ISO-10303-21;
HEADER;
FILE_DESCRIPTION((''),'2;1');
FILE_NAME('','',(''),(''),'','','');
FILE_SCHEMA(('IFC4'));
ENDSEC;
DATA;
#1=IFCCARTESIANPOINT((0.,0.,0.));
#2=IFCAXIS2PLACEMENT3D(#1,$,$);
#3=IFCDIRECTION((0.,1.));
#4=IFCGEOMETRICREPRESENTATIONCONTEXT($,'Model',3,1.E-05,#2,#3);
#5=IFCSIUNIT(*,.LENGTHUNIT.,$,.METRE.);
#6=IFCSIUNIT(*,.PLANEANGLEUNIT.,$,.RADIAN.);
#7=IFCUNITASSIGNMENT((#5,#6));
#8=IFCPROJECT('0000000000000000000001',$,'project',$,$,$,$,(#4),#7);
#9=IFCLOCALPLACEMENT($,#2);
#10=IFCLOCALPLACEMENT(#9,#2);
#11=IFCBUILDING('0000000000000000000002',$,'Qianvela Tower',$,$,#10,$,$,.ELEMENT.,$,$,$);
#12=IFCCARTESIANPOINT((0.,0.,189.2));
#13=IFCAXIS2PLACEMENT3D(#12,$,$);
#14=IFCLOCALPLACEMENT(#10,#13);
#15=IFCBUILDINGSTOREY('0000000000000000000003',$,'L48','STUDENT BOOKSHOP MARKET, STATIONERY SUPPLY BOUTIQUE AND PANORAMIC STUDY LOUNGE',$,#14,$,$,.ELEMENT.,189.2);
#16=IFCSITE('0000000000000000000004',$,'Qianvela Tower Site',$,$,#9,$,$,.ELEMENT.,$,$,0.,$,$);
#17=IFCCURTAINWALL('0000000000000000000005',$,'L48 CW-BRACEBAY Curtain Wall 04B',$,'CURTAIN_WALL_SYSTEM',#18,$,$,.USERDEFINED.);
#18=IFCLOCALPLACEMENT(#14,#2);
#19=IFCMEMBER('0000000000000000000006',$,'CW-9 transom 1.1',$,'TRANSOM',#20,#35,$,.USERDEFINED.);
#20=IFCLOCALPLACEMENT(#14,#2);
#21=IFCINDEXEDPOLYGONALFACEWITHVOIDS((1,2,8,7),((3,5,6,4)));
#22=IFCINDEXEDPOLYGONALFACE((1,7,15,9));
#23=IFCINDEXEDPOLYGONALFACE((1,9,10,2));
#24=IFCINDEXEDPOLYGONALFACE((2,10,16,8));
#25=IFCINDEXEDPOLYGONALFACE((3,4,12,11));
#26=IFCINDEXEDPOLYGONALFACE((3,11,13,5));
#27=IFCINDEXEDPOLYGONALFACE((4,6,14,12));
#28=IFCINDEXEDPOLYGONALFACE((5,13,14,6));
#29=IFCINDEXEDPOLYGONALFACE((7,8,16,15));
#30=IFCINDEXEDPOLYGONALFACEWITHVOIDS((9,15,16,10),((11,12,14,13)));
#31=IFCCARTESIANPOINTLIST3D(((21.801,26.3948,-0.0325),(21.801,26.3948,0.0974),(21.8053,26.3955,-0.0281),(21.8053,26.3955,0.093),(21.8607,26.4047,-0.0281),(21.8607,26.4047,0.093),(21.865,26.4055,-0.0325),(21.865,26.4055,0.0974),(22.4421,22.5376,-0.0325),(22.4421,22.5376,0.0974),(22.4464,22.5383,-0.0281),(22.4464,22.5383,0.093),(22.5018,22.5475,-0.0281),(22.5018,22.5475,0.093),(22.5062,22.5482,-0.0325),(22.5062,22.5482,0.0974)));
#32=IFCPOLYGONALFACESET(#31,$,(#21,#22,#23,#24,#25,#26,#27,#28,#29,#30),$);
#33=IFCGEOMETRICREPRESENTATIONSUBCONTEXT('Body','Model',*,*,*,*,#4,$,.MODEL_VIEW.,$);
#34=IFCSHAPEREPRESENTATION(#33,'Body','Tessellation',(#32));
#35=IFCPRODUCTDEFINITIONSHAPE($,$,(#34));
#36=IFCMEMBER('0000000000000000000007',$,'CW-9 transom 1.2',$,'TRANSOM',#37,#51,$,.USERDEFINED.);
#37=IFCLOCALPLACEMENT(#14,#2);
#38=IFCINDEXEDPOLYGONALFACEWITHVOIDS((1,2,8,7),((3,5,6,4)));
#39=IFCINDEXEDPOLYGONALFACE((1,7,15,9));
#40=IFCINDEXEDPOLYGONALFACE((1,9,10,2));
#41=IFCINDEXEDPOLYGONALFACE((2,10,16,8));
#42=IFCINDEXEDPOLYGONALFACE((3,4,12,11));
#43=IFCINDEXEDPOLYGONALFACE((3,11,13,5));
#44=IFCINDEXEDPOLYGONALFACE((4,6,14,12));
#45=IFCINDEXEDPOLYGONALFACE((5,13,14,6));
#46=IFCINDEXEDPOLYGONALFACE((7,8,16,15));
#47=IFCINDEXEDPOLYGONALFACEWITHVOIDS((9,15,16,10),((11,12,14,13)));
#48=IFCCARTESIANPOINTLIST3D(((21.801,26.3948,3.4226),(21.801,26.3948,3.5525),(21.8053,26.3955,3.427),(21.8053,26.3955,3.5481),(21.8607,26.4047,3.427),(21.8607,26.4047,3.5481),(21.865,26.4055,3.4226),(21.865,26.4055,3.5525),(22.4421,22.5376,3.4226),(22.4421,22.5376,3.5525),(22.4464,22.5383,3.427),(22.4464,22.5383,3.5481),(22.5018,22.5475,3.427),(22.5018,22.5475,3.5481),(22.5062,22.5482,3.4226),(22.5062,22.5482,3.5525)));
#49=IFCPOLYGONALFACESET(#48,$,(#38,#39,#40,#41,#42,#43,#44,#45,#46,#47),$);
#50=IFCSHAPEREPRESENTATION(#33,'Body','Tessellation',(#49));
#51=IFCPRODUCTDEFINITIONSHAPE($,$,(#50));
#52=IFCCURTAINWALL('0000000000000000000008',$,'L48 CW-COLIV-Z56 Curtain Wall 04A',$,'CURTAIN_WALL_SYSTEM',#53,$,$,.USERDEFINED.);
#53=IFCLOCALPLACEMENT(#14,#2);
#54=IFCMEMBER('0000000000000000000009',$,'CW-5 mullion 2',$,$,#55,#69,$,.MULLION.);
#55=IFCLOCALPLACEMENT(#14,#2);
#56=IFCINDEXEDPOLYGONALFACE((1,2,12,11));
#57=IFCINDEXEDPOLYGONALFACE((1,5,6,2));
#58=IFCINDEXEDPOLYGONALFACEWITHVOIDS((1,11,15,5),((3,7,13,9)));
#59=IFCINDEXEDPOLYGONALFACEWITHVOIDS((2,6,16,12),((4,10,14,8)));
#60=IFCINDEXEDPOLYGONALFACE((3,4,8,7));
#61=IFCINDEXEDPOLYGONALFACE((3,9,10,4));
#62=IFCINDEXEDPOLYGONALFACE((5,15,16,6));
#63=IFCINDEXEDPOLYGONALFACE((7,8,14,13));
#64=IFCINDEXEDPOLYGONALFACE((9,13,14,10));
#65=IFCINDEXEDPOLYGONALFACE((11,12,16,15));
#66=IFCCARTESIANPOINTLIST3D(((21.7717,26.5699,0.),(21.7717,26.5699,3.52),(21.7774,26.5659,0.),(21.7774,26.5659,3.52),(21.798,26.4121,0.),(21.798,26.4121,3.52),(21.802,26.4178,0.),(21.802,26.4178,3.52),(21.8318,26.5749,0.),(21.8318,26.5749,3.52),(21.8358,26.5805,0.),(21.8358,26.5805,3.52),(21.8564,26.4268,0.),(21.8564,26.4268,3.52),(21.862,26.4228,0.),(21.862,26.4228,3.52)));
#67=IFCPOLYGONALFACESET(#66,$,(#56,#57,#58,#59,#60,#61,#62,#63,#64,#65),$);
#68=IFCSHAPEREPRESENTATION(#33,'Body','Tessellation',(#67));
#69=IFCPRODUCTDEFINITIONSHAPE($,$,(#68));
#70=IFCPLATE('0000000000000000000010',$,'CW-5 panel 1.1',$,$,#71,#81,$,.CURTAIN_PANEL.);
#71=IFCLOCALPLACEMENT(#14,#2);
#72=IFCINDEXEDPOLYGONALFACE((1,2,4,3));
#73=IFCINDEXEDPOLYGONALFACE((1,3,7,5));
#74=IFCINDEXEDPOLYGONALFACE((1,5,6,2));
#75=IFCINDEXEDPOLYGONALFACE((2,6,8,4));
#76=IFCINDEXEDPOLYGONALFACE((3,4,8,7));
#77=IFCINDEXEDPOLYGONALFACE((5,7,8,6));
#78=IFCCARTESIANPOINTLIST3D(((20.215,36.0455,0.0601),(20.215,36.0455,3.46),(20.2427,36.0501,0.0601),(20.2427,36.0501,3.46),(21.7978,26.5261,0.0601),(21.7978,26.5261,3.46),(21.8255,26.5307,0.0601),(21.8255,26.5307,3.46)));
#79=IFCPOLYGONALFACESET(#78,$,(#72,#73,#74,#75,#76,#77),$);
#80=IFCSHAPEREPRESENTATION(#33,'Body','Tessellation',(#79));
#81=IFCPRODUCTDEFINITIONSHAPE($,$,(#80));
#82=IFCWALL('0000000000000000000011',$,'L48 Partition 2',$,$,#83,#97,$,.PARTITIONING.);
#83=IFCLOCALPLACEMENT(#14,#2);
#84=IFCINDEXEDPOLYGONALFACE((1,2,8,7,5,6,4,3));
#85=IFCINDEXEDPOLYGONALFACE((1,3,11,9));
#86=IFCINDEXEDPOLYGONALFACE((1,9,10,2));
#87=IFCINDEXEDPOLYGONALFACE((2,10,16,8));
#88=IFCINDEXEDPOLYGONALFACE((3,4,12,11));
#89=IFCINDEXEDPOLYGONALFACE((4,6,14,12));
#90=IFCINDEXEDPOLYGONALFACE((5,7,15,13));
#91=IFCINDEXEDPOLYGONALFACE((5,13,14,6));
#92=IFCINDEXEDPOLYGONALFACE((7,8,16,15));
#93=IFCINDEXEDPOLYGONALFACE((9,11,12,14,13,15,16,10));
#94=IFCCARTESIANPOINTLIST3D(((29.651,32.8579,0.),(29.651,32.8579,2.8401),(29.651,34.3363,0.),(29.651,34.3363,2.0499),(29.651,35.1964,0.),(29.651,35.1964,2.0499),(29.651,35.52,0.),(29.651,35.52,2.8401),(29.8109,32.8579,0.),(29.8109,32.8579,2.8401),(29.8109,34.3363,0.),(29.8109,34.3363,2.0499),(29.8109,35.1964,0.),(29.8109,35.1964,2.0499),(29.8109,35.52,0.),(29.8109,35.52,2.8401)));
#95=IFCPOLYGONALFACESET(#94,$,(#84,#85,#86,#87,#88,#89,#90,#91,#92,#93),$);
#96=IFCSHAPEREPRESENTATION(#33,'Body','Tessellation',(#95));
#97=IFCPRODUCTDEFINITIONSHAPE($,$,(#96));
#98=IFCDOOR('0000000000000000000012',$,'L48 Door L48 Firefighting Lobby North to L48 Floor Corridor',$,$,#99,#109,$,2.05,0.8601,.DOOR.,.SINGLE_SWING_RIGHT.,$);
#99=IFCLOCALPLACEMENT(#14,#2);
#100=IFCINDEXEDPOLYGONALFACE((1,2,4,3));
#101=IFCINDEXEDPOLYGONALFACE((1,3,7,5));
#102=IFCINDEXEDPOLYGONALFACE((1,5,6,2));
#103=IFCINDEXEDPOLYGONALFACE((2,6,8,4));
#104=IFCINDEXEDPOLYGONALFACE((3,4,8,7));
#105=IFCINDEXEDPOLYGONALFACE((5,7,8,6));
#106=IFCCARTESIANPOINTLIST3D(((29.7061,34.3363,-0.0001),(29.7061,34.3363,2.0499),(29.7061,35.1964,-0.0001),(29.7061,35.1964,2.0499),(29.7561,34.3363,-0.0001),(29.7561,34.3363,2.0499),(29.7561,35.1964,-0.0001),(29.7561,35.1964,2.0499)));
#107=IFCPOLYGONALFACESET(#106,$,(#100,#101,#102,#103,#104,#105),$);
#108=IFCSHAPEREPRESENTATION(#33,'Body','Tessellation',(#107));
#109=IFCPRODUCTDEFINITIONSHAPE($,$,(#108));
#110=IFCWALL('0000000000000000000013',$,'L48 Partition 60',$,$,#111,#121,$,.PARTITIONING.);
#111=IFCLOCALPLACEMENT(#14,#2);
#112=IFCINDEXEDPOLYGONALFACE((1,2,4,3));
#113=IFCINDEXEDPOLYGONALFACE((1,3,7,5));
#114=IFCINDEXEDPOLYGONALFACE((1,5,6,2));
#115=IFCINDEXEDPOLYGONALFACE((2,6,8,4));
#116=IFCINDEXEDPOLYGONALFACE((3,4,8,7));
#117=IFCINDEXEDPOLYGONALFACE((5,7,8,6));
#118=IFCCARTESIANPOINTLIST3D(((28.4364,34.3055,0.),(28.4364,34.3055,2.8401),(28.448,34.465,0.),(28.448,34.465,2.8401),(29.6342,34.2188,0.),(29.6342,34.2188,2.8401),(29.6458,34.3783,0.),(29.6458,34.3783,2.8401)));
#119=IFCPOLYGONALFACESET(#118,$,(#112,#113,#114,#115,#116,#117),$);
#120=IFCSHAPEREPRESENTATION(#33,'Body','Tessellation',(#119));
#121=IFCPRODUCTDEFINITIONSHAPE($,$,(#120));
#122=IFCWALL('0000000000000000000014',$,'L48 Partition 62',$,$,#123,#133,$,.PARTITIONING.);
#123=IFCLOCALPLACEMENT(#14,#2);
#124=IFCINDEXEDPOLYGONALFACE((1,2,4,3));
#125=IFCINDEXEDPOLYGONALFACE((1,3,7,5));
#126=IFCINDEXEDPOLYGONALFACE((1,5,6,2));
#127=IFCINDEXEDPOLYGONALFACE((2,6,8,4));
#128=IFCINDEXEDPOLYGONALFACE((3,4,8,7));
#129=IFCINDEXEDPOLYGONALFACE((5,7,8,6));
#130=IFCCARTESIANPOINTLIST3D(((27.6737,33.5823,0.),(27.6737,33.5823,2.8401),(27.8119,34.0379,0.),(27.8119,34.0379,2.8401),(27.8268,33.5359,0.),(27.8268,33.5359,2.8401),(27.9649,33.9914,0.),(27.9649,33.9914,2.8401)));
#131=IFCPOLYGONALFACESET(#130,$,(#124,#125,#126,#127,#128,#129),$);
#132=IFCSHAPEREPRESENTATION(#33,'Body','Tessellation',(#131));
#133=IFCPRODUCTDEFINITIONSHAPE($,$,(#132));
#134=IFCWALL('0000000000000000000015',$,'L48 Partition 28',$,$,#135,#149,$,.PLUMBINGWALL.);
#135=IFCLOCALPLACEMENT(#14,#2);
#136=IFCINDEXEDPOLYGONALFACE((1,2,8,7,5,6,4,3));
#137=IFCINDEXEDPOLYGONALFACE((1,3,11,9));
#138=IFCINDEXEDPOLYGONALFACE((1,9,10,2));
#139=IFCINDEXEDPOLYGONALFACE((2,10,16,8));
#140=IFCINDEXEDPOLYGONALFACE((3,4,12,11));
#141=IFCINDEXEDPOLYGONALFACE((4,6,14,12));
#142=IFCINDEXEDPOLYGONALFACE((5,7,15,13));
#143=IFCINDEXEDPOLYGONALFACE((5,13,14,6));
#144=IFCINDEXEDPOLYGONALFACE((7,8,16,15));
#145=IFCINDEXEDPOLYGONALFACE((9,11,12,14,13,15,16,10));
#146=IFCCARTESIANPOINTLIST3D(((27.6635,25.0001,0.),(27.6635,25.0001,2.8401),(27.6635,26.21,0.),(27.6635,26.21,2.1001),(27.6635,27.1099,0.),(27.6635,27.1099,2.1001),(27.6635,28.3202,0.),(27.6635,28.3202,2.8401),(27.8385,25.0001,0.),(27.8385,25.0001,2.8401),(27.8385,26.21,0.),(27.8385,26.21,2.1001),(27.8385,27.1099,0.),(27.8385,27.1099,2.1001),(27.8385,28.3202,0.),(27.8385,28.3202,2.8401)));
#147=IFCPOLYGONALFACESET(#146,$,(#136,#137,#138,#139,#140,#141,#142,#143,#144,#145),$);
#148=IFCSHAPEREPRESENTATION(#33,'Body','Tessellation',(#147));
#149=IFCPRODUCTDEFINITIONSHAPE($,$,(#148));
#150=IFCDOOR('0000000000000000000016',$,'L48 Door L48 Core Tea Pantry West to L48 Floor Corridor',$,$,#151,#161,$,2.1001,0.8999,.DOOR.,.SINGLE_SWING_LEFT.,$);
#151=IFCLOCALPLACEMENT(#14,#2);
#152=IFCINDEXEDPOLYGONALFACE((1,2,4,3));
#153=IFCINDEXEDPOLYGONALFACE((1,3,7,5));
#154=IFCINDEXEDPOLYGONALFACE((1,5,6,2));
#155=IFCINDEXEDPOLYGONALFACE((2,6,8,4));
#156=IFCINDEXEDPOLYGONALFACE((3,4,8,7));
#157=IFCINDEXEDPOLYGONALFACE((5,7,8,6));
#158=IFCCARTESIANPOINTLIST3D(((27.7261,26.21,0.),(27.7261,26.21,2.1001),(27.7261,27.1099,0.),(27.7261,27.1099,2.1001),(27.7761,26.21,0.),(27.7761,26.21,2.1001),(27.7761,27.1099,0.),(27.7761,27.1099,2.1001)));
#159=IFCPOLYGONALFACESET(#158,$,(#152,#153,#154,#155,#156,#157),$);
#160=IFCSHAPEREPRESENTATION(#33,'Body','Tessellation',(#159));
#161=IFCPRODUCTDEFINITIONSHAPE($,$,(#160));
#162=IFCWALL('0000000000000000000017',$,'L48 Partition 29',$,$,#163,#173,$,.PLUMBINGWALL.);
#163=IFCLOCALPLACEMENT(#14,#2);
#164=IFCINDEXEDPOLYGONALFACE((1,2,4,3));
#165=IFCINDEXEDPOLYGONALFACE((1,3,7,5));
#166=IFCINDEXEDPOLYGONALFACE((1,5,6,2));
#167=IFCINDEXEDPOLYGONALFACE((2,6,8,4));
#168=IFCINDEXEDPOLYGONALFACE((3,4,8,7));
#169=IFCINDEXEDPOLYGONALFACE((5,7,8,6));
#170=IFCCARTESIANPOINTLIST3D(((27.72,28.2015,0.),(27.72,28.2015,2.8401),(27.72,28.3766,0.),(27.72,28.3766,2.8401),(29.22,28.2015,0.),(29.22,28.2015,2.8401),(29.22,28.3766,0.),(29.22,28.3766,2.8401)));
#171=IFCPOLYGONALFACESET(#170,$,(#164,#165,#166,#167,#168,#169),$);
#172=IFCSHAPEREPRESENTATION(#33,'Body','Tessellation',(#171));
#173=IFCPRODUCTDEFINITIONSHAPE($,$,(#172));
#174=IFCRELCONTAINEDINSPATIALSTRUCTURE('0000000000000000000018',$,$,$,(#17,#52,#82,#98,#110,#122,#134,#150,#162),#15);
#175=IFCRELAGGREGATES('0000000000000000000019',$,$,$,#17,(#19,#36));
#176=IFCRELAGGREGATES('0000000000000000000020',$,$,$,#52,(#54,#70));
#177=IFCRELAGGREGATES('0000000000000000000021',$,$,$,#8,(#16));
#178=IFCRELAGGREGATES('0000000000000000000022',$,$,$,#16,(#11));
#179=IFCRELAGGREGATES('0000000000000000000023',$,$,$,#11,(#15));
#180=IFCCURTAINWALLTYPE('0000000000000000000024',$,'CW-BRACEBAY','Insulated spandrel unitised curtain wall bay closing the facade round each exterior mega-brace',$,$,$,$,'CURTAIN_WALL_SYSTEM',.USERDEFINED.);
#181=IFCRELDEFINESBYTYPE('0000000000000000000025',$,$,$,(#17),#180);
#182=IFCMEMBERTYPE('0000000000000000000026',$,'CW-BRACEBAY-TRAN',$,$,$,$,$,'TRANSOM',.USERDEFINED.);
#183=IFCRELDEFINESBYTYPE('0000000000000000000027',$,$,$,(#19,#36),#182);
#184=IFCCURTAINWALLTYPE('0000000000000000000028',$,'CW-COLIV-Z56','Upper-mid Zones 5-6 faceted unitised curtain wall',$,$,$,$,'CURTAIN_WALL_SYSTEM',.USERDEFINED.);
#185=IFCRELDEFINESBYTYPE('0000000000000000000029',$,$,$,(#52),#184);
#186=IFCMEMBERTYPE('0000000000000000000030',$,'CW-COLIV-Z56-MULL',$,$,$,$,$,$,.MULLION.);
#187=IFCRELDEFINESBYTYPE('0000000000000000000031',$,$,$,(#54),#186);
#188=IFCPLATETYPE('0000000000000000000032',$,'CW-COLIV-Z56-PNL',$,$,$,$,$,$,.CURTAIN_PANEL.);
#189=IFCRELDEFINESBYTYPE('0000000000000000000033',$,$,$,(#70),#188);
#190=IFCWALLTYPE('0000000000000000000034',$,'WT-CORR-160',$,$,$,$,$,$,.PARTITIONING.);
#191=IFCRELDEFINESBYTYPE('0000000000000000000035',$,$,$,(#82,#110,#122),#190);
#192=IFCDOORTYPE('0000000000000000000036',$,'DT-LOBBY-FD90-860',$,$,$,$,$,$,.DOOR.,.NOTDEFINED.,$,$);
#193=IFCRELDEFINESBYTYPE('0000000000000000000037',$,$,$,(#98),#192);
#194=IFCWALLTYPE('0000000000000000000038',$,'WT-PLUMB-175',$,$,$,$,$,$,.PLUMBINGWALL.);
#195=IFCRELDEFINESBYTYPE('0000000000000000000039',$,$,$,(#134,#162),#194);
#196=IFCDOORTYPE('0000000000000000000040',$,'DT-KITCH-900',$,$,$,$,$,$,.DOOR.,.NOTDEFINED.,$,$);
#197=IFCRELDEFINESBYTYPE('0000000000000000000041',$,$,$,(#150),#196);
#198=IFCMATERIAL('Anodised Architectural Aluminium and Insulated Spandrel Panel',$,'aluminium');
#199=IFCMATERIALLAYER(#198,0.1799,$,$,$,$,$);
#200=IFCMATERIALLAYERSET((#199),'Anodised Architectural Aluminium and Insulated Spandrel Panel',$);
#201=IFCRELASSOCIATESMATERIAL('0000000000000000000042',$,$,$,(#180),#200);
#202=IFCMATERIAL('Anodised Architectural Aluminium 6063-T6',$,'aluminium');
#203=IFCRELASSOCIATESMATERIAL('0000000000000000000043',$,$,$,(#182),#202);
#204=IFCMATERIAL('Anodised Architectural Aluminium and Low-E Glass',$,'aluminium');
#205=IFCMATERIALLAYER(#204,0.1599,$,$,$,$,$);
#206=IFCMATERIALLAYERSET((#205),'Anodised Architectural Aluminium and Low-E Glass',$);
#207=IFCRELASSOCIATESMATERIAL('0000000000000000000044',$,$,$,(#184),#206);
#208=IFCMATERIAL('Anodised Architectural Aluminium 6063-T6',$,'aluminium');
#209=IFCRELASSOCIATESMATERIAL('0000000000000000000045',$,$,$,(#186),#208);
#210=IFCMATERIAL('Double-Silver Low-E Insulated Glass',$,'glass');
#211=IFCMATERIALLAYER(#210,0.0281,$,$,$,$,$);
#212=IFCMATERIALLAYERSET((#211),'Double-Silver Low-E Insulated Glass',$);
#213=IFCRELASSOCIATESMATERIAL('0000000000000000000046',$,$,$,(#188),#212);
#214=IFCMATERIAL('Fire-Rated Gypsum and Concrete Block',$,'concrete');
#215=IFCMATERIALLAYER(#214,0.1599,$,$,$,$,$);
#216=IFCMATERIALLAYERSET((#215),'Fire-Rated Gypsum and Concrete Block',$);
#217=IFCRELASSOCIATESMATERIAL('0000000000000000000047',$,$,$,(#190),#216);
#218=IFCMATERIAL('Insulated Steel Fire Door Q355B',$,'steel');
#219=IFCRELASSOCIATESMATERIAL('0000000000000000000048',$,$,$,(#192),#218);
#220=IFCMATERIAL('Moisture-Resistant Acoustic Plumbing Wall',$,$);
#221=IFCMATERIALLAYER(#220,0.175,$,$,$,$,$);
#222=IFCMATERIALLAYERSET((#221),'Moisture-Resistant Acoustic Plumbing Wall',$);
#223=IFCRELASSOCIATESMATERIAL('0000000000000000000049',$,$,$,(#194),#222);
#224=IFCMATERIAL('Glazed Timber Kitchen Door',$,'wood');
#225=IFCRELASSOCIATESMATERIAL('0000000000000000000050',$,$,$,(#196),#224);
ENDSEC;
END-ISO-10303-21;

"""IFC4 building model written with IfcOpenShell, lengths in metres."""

from ifc_helpers import new_model, si_unit, direction, frame, frame_2d, origin, origin_2d, place, context, subcontext, project, spatial, rectangle, hollow_rectangle, extrude, material, layer, layer_set, material_profile, profile_set, type_object, element, fill, aggregate, save


model = new_model("IFC4")

# Units and contexts
model_context = context("Model", 3, precision=1e-05, world=origin(), true_north=direction((0.0, 1.0)))
body_context = subcontext(model_context, "Body", "Model", "MODEL_VIEW")
ifc_project = project(units=[si_unit("LENGTHUNIT", "METRE"), si_unit("PLANEANGLEUNIT", "RADIAN")], contexts=[model_context])

# Site, building, storey
site_placement = place(None, origin())
site = spatial("IfcSite", under=ifc_project, at=site_placement, Name="Qianvela Tower Site", CompositionType="ELEMENT", RefElevation=0.0)
building_placement = place(site_placement, origin())
building = spatial("IfcBuilding", under=site, at=building_placement, Name="Qianvela Tower", CompositionType="ELEMENT")
storey_placement = place(building_placement, frame((0.0, 0.0, 189.2)))
storey = spatial("IfcBuildingStorey", under=building, at=storey_placement, Name="L48", Description="STUDENT BOOKSHOP MARKET, STATIONERY SUPPLY BOUTIQUE AND PANORAMIC STUDY LOUNGE", CompositionType="ELEMENT", Elevation=189.2)

# Curtain wall, members
ifc_material_1 = material(Name="Anodised Architectural Aluminium and Insulated Spandrel Panel", Category="aluminium")
ifc_layer_1 = layer(ifc_material_1, 0.1799)
ifc_layer_set_1 = layer_set([ifc_layer_1], Name="Anodised Architectural Aluminium and Insulated Spandrel Panel")
curtain_wall_type_1 = type_object("IfcCurtainWallType", Name="CW-BRACEBAY", Description="Insulated spandrel unitised curtain wall bay closing the facade round each exterior mega-brace", ElementType="CURTAIN_WALL_SYSTEM", PredefinedType="USERDEFINED", material=ifc_layer_set_1)
curtain_wall_1_placement = place(storey_placement, origin())
curtain_wall_1 = element("IfcCurtainWall", 1, at=curtain_wall_1_placement, inside=storey, type_object=curtain_wall_type_1, Name="L48 CW-BRACEBAY Curtain Wall 04B", ObjectType="CURTAIN_WALL_SYSTEM", PredefinedType="USERDEFINED")
ifc_material_2 = material(Name="Anodised Architectural Aluminium 6063-T6", Category="aluminium")
ifc_material_profile_1 = material_profile(ifc_material_2, hollow_rectangle(XDim=0.0649, YDim=0.1299, WallThickness=0.0044, at=origin_2d()), Name="ALU-TRAN-65x130")
ifc_profile_set_1 = profile_set([ifc_material_profile_1], Name="Anodised Architectural Aluminium 6063-T6")
member_type_1 = type_object("IfcMemberType", Name="CW-BRACEBAY-TRAN", ElementType="TRANSOM", PredefinedType="USERDEFINED", material=ifc_profile_set_1)
member_1_placement = place(storey_placement, frame((21.833, 26.4001, 0.0325), z_axis=(0.163964, -0.986466, 0.0), x_axis=(0.986466, 0.163964, 0.0)))
member_1 = element("IfcMember", 2, at=member_1_placement, type_object=member_type_1, Name="CW-9 transom 1.1", ObjectType="TRANSOM", PredefinedType="USERDEFINED", context=body_context, shape_type="SweptSolid", body=[
    extrude(hollow_rectangle(XDim=0.0649, YDim=0.1299, WallThickness=0.0044, at=origin_2d()), origin(), (0.0, 0.0, 1.0), 3.9102),
])
member_2_placement = place(storey_placement, frame((21.833, 26.4001, 3.4875), z_axis=(0.163964, -0.986466, 0.0), x_axis=(0.986466, 0.163964, 0.0)))
member_2 = element("IfcMember", 3, at=member_2_placement, type_object=member_type_1, Name="CW-9 transom 1.2", ObjectType="TRANSOM", PredefinedType="USERDEFINED", context=body_context, shape_type="SweptSolid", body=[
    extrude(hollow_rectangle(XDim=0.0649, YDim=0.1299, WallThickness=0.0044, at=origin_2d()), origin(), (0.0, 0.0, 1.0), 3.9102),
])
aggregate(curtain_wall_1, [member_1, member_2])

# Curtain wall, member, plate
ifc_material_3 = material(Name="Anodised Architectural Aluminium and Low-E Glass", Category="aluminium")
ifc_layer_2 = layer(ifc_material_3, 0.1599)
ifc_layer_set_2 = layer_set([ifc_layer_2], Name="Anodised Architectural Aluminium and Low-E Glass")
curtain_wall_type_2 = type_object("IfcCurtainWallType", Name="CW-COLIV-Z56", Description="Upper-mid Zones 5-6 faceted unitised curtain wall", ElementType="CURTAIN_WALL_SYSTEM", PredefinedType="USERDEFINED", material=ifc_layer_set_2)
curtain_wall_2_placement = place(storey_placement, origin())
curtain_wall_2 = element("IfcCurtainWall", 4, at=curtain_wall_2_placement, inside=storey, type_object=curtain_wall_type_2, Name="L48 CW-COLIV-Z56 Curtain Wall 04A", ObjectType="CURTAIN_WALL_SYSTEM", PredefinedType="USERDEFINED")
ifc_material_4 = material(Name="Anodised Architectural Aluminium 6063-T6", Category="aluminium")
ifc_material_profile_2 = material_profile(ifc_material_4, hollow_rectangle(XDim=0.0649, YDim=0.1599, WallThickness=0.0049, at=origin_2d()), Name="ALU-MULL-65x160")
ifc_profile_set_2 = profile_set([ifc_material_profile_2], Name="Anodised Architectural Aluminium 6063-T6")
member_type_2 = type_object("IfcMemberType", Name="CW-COLIV-Z56-MULL", PredefinedType="MULLION", material=ifc_profile_set_2)
member_3_placement = place(storey_placement, frame((21.8169, 26.4963, 0.0), z_axis=(0.0, 0.0, 1.0), x_axis=(0.986457, 0.164018, 0.0)))
member_3 = element("IfcMember", 5, at=member_3_placement, type_object=member_type_2, Name="CW-5 mullion 2", PredefinedType="MULLION", context=body_context, shape_type="SweptSolid", body=[
    extrude(hollow_rectangle(XDim=0.0649, YDim=0.1599, WallThickness=0.0049, at=origin_2d()), origin(), (0.0, 0.0, 1.0), 3.52),
])
ifc_material_5 = material(Name="Double-Silver Low-E Insulated Glass", Category="glass")
ifc_layer_3 = layer(ifc_material_5, 0.0281)
ifc_layer_set_3 = layer_set([ifc_layer_3], Name="Double-Silver Low-E Insulated Glass")
plate_type = type_object("IfcPlateType", Name="CW-COLIV-Z56-PNL", PredefinedType="CURTAIN_PANEL", material=ifc_layer_set_3)
plate_placement = place(storey_placement, frame((21.0203, 31.2881, 0.0601), z_axis=(0.0, 0.0, 1.0), x_axis=(0.164018, -0.986457, 0.0)))
plate = element("IfcPlate", 6, at=plate_placement, type_object=plate_type, Name="CW-5 panel 1.1", PredefinedType="CURTAIN_PANEL", context=body_context, shape_type="SweptSolid", body=[
    extrude(rectangle(XDim=9.6501, YDim=0.0281, at=origin_2d()), origin(), (0.0, 0.0, 1.0), 3.3999),
])
aggregate(curtain_wall_2, [member_3, plate])

# Wall, opening, door
ifc_material_6 = material(Name="Fire-Rated Gypsum and Concrete Block", Category="concrete")
ifc_layer_4 = layer(ifc_material_6, 0.1599)
ifc_layer_set_4 = layer_set([ifc_layer_4], Name="Fire-Rated Gypsum and Concrete Block")
wall_type_1 = type_object("IfcWallType", Name="WT-CORR-160", PredefinedType="PARTITIONING", material=ifc_layer_set_4)
wall_1_placement = place(storey_placement, frame((29.731, 32.8579, 0.0), z_axis=(0.0, 0.0, 1.0), x_axis=(0.0, 1.0, 0.0)))
wall_1 = element("IfcWall", 7, at=wall_1_placement, inside=storey, type_object=wall_type_1, Name="L48 Partition 2", PredefinedType="PARTITIONING", context=body_context, shape_type="SweptSolid", body=[
    extrude(rectangle(XDim=2.6621, YDim=0.1599, at=frame_2d((1.3311, 0.0))), origin(), (0.0, 0.0, 1.0), 2.8401),
])
opening_1_placement = place(wall_1_placement, frame((1.4783, 0.0, 0.0)))
opening_1 = element("IfcOpeningElement", 8, at=opening_1_placement, cuts=wall_1, PredefinedType="OPENING", context=body_context, shape_type="SweptSolid", body=[
    extrude(rectangle(XDim=0.8601, YDim=2.05, at=frame_2d((0.4302, 1.0249))), frame((0.0, 0.0898, 0.0), z_axis=(0.0, -1.0, 0.0), x_axis=(1.0, 0.0, 0.0)), (0.0, 0.0, 1.0), 0.1799),
])
ifc_material_7 = material(Name="Insulated Steel Fire Door Q355B", Category="steel")
door_type_1 = type_object("IfcDoorType", Name="DT-LOBBY-FD90-860", OperationType="NOTDEFINED", PredefinedType="DOOR", material=ifc_material_7)
door_1_placement = place(opening_1_placement, origin())
door_1 = element("IfcDoor", 9, at=door_1_placement, inside=storey, type_object=door_type_1, Name="L48 Door L48 Firefighting Lobby North to L48 Floor Corridor", OperationType="SINGLE_SWING_RIGHT", OverallHeight=2.05, OverallWidth=0.8601, PredefinedType="DOOR", context=body_context, shape_type="SweptSolid", body=[
    extrude(rectangle(XDim=0.8601, YDim=2.05, at=frame_2d((0.4302, 1.0249))), frame((0.0, 0.0249, 0.0), z_axis=(0.0, -1.0, 0.0), x_axis=(1.0, 0.0, 0.0)), (0.0, 0.0, 1.0), 0.05),
])
fill(opening_1, door_1)

# Walls
wall_2_placement = place(storey_placement, frame((29.6401, 34.2986, 0.0), z_axis=(0.0, 0.0, 1.0), x_axis=(-0.997392, 0.072172, 0.0)))
element("IfcWall", 10, at=wall_2_placement, inside=storey, type_object=wall_type_1, Name="L48 Partition 60", PredefinedType="PARTITIONING", context=body_context, shape_type="SweptSolid", body=[
    extrude(rectangle(XDim=1.2009, YDim=0.1599, at=frame_2d((0.6006, 0.0))), origin(), (0.0, 0.0, 1.0), 2.8401),
])
wall_3_placement = place(storey_placement, frame((27.8884, 34.0146, 0.0), z_axis=(0.0, 0.0, 1.0), x_axis=(-0.290264, -0.956947, 0.0)))
element("IfcWall", 11, at=wall_3_placement, inside=storey, type_object=wall_type_1, Name="L48 Partition 62", PredefinedType="PARTITIONING", context=body_context, shape_type="SweptSolid", body=[
    extrude(rectangle(XDim=0.4761, YDim=0.1599, at=frame_2d((0.238, 0.0))), origin(), (0.0, 0.0, 1.0), 2.8401),
])

# Wall, opening, door
ifc_material_8 = material(Name="Moisture-Resistant Acoustic Plumbing Wall")
ifc_layer_5 = layer(ifc_material_8, 0.175)
ifc_layer_set_5 = layer_set([ifc_layer_5], Name="Moisture-Resistant Acoustic Plumbing Wall")
wall_type_2 = type_object("IfcWallType", Name="WT-PLUMB-175", PredefinedType="PLUMBINGWALL", material=ifc_layer_set_5)
wall_4_placement = place(storey_placement, frame((27.751, 25.0, 0.0), z_axis=(0.0, 0.0, 1.0), x_axis=(0.0, 1.0, 0.0)))
wall_4 = element("IfcWall", 12, at=wall_4_placement, inside=storey, type_object=wall_type_2, Name="L48 Partition 28", PredefinedType="PLUMBINGWALL", context=body_context, shape_type="SweptSolid", body=[
    extrude(rectangle(XDim=3.3201, YDim=0.175, at=frame_2d((1.6602, 0.0))), origin(), (0.0, 0.0, 1.0), 2.8401),
])
opening_2_placement = place(wall_4_placement, frame((1.21, 0.0, 0.0)))
opening_2 = element("IfcOpeningElement", 13, at=opening_2_placement, cuts=wall_4, PredefinedType="OPENING", context=body_context, shape_type="SweptSolid", body=[
    extrude(rectangle(XDim=0.8999, YDim=2.1001, at=frame_2d((0.45, 1.05))), frame((0.0, 0.0974, 0.0), z_axis=(0.0, -1.0, 0.0), x_axis=(1.0, 0.0, 0.0)), (0.0, 0.0, 1.0), 0.1951),
])
ifc_material_9 = material(Name="Glazed Timber Kitchen Door", Category="wood")
door_type_2 = type_object("IfcDoorType", Name="DT-KITCH-900", OperationType="NOTDEFINED", PredefinedType="DOOR", material=ifc_material_9)
door_2_placement = place(opening_2_placement, origin())
door_2 = element("IfcDoor", 14, at=door_2_placement, inside=storey, type_object=door_type_2, Name="L48 Door L48 Core Tea Pantry West to L48 Floor Corridor", OperationType="SINGLE_SWING_LEFT", OverallHeight=2.1001, OverallWidth=0.8999, PredefinedType="DOOR", context=body_context, shape_type="SweptSolid", body=[
    extrude(rectangle(XDim=0.8999, YDim=2.1001, at=frame_2d((0.45, 1.05))), frame((0.0, 0.0249, 0.0), z_axis=(0.0, -1.0, 0.0), x_axis=(1.0, 0.0, 0.0)), (0.0, 0.0, 1.0), 0.05),
])
fill(opening_2, door_2)

# Wall
wall_5_placement = place(storey_placement, frame((27.72, 28.2891, 0.0), z_axis=(0.0, 0.0, 1.0), x_axis=(1.0, 0.0, 0.0)))
element("IfcWall", 15, at=wall_5_placement, inside=storey, type_object=wall_type_2, Name="L48 Partition 29", PredefinedType="PLUMBINGWALL", context=body_context, shape_type="SweptSolid", body=[
    extrude(rectangle(XDim=1.5, YDim=0.175, at=frame_2d((0.75, 0.0))), origin(), (0.0, 0.0, 1.0), 2.8401),
])

save(model, "model.ifc")
